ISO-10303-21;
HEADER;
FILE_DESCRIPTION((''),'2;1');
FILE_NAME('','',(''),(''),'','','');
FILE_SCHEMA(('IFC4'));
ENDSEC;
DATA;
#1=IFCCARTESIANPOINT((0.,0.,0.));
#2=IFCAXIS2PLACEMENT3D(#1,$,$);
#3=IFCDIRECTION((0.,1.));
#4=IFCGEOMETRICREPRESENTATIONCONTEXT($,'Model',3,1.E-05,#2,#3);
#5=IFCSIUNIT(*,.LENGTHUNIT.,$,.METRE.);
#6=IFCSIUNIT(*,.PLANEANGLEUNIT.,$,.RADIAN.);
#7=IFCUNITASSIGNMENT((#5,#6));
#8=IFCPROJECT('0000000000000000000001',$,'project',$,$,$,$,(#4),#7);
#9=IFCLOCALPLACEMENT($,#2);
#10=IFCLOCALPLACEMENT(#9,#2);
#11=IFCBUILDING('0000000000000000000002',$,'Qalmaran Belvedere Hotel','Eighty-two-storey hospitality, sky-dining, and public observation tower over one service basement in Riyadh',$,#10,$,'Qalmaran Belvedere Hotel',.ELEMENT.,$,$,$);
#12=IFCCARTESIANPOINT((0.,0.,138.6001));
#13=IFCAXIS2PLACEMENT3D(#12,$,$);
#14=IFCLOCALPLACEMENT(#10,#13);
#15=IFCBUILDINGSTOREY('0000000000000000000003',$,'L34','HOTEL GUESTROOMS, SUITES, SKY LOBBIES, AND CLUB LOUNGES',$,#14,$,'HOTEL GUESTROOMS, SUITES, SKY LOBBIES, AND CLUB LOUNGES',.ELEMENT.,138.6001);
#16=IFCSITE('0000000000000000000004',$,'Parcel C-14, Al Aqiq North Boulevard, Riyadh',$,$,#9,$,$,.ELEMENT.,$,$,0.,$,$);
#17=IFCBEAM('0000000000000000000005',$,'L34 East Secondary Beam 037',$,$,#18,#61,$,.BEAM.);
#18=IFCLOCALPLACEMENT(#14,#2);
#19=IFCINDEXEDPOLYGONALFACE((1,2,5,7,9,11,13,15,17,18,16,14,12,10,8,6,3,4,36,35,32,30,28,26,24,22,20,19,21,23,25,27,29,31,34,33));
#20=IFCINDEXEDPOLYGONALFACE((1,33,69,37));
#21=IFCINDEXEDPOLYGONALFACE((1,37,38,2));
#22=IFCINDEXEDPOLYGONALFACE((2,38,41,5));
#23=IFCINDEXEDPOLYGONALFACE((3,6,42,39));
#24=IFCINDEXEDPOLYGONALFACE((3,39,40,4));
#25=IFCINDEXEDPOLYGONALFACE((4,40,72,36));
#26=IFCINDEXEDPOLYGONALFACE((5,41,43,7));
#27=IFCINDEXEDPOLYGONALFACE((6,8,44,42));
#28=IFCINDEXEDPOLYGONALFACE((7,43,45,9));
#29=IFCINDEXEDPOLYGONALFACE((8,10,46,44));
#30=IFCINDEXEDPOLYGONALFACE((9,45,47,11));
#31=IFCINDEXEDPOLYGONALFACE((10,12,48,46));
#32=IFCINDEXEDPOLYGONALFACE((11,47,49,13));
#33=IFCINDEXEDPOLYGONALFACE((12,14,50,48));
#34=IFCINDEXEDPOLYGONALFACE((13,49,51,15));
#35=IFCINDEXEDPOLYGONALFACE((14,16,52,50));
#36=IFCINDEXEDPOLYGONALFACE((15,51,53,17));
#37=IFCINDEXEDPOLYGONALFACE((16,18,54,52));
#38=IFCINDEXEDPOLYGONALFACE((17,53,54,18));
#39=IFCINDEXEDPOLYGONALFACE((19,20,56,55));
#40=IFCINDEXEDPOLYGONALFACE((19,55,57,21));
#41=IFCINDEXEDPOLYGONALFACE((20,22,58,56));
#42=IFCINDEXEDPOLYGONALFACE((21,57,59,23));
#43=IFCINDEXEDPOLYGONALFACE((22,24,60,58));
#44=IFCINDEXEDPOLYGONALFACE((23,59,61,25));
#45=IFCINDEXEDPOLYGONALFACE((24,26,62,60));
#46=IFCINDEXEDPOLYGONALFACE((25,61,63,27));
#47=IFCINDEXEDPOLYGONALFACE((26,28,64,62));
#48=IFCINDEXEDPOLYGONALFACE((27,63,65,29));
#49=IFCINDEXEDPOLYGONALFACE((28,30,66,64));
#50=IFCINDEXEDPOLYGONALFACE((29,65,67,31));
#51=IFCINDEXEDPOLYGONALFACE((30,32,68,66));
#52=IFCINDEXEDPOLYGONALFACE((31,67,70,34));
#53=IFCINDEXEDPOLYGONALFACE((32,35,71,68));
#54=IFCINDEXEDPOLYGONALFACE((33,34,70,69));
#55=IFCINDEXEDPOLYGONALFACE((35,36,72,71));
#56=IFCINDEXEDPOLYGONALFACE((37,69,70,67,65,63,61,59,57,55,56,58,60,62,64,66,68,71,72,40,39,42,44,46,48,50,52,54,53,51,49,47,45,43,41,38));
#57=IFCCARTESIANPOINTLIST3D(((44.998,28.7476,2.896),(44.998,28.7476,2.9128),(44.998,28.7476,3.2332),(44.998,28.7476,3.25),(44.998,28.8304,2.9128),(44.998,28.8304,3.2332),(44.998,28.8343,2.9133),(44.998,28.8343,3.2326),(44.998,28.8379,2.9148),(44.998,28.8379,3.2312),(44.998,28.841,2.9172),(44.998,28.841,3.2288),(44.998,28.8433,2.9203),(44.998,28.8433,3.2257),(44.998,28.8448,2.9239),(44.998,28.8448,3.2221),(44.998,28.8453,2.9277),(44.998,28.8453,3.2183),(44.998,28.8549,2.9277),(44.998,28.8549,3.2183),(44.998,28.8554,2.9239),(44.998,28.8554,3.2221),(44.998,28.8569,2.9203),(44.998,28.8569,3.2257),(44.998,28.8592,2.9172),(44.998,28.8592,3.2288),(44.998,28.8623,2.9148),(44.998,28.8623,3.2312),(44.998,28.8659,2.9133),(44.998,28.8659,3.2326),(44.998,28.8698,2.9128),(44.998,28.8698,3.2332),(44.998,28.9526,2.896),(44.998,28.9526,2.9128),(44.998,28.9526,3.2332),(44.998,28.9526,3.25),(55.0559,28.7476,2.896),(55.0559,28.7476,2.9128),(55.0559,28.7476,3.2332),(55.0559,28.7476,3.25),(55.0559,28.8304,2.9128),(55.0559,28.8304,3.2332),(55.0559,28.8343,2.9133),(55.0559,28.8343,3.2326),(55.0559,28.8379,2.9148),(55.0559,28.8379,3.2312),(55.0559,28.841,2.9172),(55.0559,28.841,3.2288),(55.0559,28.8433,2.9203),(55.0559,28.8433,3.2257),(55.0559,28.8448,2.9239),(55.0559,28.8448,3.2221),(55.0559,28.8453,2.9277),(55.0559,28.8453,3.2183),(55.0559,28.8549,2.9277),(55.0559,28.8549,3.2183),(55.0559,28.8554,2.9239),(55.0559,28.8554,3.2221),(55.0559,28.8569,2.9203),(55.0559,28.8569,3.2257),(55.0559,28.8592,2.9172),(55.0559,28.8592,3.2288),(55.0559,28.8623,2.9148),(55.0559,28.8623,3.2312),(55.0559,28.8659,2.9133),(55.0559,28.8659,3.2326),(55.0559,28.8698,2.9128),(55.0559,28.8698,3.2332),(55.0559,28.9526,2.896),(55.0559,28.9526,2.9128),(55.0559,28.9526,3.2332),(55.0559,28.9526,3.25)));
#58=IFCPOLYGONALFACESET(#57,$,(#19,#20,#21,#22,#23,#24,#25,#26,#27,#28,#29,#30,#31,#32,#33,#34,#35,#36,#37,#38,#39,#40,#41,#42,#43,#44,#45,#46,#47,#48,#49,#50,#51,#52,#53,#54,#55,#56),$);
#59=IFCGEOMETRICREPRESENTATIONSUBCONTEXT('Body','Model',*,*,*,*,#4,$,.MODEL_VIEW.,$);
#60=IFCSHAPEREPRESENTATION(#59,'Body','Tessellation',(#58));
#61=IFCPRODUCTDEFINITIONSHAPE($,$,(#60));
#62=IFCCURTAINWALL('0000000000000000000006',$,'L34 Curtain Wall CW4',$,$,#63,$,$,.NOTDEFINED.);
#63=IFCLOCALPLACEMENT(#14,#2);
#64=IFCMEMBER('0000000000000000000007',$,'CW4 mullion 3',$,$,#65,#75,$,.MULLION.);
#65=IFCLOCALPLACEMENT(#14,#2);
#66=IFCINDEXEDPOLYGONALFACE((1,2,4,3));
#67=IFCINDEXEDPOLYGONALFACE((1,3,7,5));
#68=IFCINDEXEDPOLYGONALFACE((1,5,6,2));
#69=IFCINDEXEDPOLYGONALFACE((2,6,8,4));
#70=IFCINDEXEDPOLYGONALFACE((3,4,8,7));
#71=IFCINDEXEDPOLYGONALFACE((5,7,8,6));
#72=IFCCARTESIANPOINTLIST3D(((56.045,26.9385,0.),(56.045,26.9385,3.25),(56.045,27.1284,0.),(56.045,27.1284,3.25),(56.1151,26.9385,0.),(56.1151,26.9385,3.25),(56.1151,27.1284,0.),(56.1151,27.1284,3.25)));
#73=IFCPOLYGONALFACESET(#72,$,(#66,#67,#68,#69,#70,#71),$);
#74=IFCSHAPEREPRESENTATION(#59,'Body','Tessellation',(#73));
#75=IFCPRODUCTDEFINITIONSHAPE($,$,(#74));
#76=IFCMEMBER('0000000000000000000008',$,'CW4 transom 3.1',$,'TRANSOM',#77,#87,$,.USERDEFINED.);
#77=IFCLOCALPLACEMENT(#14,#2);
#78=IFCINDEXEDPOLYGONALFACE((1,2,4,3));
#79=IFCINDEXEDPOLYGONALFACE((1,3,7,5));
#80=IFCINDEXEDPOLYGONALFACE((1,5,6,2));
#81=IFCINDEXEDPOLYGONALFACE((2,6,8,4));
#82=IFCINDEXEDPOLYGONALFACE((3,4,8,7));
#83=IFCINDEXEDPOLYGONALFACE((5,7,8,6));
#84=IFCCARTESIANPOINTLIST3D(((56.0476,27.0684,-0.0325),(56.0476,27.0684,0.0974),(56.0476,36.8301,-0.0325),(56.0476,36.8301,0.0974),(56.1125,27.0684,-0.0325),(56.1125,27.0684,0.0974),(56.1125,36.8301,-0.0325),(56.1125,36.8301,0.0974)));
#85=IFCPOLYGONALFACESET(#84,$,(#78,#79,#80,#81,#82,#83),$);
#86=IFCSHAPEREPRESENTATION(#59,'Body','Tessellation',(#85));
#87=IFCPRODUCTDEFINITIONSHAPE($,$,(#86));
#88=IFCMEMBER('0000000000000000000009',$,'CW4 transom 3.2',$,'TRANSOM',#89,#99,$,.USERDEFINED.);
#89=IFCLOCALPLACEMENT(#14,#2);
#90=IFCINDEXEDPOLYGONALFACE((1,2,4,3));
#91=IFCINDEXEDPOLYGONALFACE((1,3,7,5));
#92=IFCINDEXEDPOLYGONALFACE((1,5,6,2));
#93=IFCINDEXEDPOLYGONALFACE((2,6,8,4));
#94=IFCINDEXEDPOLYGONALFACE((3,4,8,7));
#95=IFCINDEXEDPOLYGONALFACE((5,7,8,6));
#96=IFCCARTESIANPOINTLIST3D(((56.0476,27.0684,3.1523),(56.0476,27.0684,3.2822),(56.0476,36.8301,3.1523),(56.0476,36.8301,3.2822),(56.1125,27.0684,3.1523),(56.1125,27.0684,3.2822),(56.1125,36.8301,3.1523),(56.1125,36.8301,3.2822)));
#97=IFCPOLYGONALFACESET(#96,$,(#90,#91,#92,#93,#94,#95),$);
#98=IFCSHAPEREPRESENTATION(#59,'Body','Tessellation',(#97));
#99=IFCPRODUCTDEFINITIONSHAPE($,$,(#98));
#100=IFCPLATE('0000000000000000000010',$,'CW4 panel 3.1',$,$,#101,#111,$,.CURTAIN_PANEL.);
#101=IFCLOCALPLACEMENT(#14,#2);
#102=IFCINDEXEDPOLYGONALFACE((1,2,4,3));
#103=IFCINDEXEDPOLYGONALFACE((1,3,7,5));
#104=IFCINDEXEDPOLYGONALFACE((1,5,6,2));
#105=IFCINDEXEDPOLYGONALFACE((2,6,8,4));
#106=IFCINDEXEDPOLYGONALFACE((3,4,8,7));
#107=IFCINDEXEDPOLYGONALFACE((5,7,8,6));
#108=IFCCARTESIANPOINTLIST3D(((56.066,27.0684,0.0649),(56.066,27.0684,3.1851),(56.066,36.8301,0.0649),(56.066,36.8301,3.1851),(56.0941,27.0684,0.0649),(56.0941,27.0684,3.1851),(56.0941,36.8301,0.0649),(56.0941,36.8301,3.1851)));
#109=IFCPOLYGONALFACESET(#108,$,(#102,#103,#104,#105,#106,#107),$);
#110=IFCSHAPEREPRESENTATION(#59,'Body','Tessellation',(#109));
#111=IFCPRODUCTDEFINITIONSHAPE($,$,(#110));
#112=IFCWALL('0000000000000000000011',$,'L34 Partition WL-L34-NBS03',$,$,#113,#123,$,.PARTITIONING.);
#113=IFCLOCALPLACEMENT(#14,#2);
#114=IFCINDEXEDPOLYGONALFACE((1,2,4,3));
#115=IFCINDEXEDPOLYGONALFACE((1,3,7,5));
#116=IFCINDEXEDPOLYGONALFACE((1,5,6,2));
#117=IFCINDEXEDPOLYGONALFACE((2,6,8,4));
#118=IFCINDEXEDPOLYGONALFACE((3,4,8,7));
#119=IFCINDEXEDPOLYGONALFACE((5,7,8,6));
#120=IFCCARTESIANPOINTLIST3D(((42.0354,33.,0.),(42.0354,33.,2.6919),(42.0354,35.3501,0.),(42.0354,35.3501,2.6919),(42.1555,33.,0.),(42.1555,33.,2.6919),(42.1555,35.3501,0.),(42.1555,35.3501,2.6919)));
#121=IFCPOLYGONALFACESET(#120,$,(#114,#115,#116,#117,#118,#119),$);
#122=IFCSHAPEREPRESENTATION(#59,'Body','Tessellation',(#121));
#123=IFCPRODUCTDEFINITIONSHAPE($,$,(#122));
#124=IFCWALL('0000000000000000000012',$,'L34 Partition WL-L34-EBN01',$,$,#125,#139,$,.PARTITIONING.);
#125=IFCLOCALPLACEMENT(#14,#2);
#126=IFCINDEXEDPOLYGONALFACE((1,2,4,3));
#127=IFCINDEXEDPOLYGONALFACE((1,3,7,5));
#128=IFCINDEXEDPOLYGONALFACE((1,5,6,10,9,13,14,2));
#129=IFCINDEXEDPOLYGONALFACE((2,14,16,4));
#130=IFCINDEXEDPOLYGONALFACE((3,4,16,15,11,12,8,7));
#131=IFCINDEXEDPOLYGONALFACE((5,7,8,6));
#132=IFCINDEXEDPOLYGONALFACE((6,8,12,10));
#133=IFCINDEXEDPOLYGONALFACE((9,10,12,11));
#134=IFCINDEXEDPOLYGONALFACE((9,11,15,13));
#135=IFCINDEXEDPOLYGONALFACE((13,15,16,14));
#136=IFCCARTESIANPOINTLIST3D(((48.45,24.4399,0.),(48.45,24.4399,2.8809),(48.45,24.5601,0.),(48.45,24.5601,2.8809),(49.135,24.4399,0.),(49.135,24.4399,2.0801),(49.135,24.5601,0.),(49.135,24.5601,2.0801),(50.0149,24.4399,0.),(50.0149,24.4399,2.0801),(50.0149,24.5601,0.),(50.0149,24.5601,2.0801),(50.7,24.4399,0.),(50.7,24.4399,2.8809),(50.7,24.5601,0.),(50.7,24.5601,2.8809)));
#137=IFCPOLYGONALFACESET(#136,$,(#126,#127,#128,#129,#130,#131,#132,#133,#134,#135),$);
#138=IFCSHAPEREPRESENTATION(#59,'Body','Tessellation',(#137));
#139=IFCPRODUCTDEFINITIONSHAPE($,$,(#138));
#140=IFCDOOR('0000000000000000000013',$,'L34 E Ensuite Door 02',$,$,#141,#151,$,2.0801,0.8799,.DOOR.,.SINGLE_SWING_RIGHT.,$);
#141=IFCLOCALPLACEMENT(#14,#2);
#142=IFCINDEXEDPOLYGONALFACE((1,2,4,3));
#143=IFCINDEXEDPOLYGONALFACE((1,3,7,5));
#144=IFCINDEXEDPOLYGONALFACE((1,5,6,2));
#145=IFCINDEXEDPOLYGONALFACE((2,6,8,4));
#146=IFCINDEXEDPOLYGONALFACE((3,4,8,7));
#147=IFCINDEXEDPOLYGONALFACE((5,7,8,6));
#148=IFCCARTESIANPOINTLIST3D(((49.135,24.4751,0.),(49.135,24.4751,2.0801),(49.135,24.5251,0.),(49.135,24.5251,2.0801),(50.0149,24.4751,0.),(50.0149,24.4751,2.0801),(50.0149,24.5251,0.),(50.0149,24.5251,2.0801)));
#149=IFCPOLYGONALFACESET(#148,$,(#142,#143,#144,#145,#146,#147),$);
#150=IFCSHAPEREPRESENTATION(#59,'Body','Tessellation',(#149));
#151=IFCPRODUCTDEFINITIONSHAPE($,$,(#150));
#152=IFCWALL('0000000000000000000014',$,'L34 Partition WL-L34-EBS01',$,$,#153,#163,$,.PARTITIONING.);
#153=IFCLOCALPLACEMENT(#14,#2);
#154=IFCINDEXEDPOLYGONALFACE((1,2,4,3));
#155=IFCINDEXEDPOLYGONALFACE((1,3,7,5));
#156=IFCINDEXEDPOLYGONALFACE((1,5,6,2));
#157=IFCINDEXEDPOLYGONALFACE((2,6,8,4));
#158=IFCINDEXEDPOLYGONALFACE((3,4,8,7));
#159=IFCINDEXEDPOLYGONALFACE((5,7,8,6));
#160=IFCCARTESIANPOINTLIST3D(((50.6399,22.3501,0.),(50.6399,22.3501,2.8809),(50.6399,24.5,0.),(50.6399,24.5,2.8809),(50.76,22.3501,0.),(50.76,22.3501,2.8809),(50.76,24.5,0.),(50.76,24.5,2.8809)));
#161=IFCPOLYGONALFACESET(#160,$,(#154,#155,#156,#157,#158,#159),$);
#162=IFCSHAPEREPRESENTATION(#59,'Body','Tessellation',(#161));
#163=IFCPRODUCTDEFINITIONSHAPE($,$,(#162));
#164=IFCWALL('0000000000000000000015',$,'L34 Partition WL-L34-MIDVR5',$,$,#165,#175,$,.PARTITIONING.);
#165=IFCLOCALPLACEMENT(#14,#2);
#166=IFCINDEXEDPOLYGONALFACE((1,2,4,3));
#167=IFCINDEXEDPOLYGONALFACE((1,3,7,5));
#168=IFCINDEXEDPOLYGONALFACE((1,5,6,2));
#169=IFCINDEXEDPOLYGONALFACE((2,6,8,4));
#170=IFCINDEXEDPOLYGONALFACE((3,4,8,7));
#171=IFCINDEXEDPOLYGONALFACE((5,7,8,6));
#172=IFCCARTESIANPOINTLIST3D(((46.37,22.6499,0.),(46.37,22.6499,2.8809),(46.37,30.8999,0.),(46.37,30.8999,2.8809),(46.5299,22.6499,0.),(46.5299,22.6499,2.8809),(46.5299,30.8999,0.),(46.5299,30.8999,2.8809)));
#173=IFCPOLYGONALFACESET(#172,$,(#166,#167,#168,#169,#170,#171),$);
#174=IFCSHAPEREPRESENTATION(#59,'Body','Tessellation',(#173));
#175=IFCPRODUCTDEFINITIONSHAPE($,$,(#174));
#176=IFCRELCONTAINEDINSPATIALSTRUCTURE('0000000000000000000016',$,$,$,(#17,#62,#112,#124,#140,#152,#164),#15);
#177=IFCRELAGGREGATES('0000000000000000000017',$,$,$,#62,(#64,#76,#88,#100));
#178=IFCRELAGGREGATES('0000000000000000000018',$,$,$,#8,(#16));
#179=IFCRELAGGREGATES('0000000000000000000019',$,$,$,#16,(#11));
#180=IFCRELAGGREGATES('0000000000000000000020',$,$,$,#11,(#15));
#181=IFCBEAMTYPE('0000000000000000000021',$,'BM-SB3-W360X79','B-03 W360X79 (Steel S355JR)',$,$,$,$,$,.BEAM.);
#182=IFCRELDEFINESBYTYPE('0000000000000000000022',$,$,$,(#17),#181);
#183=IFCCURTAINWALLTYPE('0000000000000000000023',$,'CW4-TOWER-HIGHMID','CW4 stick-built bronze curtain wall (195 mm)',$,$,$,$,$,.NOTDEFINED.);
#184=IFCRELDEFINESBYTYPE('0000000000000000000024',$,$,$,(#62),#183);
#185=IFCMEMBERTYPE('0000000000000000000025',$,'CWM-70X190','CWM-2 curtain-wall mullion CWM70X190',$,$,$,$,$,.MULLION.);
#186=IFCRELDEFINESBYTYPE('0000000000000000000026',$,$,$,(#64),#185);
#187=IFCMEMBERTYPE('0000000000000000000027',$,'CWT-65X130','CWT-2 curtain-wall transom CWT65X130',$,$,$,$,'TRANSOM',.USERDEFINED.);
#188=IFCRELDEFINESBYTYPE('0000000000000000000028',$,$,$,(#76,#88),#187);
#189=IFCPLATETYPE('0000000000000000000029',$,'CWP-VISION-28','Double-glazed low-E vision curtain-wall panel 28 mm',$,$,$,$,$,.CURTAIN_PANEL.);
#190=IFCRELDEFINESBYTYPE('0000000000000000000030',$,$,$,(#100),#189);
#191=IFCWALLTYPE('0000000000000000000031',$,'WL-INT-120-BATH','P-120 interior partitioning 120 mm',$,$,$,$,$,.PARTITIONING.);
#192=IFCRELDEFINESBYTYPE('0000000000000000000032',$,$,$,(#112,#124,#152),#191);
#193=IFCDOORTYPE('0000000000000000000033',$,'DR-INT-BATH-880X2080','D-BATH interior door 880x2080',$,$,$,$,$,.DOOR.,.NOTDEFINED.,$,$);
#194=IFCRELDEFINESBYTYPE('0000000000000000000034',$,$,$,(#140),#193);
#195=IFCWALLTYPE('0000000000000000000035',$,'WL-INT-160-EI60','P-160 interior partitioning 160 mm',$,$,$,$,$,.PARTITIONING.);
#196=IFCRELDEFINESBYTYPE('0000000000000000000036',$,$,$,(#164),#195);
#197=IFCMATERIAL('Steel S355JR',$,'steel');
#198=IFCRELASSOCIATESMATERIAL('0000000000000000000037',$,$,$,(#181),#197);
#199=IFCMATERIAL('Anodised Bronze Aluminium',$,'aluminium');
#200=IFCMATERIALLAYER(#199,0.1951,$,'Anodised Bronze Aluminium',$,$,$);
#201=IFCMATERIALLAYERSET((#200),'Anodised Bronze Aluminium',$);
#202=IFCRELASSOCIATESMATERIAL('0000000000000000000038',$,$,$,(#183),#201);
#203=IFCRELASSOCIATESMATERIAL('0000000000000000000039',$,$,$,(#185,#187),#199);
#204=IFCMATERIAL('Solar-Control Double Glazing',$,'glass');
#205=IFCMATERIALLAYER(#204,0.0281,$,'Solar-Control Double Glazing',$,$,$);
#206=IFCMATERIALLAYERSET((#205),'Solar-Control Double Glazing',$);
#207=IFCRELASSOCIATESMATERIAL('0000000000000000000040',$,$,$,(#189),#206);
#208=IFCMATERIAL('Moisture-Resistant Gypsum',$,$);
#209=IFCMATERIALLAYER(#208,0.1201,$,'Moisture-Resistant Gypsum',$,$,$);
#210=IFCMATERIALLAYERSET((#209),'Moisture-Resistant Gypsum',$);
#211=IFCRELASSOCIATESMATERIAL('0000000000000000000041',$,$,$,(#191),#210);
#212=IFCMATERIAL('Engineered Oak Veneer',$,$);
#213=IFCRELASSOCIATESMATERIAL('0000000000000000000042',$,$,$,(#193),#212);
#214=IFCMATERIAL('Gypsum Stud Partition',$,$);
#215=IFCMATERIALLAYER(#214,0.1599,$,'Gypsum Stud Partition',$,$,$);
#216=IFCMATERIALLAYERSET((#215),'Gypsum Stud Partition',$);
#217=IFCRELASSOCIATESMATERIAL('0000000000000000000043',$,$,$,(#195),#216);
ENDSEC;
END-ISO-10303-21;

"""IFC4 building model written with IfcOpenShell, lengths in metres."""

from ifc_helpers import new_model, si_unit, direction, frame, frame_2d, origin, origin_2d, place, context, subcontext, project, spatial, rectangle, i_section, extrude, material, layer, layer_set, material_profile, profile_set, type_object, element, fill, aggregate, save


model = new_model("IFC4")

# Units and contexts
model_context = context("Model", 3, precision=1e-05, world=origin(), true_north=direction((0.0, 1.0)))
body_context = subcontext(model_context, "Body", "Model", "MODEL_VIEW")
ifc_project = project(units=[si_unit("LENGTHUNIT", "METRE"), si_unit("PLANEANGLEUNIT", "RADIAN")], contexts=[model_context])

# Site, building, storey
site_placement = place(None, origin())
site = spatial("IfcSite", under=ifc_project, at=site_placement, Name="Parcel C-14, Al Aqiq North Boulevard, Riyadh", CompositionType="ELEMENT", RefElevation=0.0)
building_placement = place(site_placement, origin())
building = spatial("IfcBuilding", under=site, at=building_placement, Name="Qalmaran Belvedere Hotel", Description="Eighty-two-storey hospitality, sky-dining, and public observation tower over one service basement in Riyadh", LongName="Qalmaran Belvedere Hotel", CompositionType="ELEMENT")
storey_placement = place(building_placement, frame((0.0, 0.0, 138.6001)))
storey = spatial("IfcBuildingStorey", under=building, at=storey_placement, Name="L34", Description="HOTEL GUESTROOMS, SUITES, SKY LOBBIES, AND CLUB LOUNGES", LongName="HOTEL GUESTROOMS, SUITES, SKY LOBBIES, AND CLUB LOUNGES", CompositionType="ELEMENT", Elevation=138.6001)

# Beam
ifc_material_1 = material(Name="Steel S355JR", Category="steel")
ifc_material_profile_1 = material_profile(ifc_material_1, i_section(OverallWidth=0.2051, OverallDepth=0.354, WebThickness=0.0095, FlangeThickness=0.0168, FilletRadius=0.0149, at=origin_2d()), Name="W360X79")
ifc_profile_set_1 = profile_set([ifc_material_profile_1], Name="Steel S355JR")
beam_type_1 = type_object("IfcBeamType", Name="BM-SB3-W360X79", Description="B-03 W360X79 (Steel S355JR)", PredefinedType="BEAM", material=ifc_profile_set_1)
for number, where, z_axis, x_axis, name in (
    (1, (44.998, 28.8501, 3.073), (1.0, 0.0, 0.0), (0.0, 1.0, 0.0), "L34 East Secondary Beam 037"),
):
    element("IfcBeam", number, at=place(storey_placement, frame(where, z_axis=z_axis, x_axis=x_axis)), inside=storey, type_object=beam_type_1, Name=name, PredefinedType="BEAM", context=body_context, shape_type="SweptSolid", body=[
        extrude(i_section(OverallWidth=0.2051, OverallDepth=0.354, WebThickness=0.0095, FlangeThickness=0.0168, FilletRadius=0.0149, at=origin_2d()), origin(), (0.0, 0.0, 1.0), 10.0579),
    ])

# Curtain wall, members, plate
ifc_material_2 = material(Name="Anodised Bronze Aluminium", Category="aluminium")
ifc_layer_1 = layer(ifc_material_2, 0.1951, Name="Anodised Bronze Aluminium")
ifc_layer_set_1 = layer_set([ifc_layer_1], Name="Anodised Bronze Aluminium")
curtain_wall_type = type_object("IfcCurtainWallType", Name="CW4-TOWER-HIGHMID", Description="CW4 stick-built bronze curtain wall (195 mm)", PredefinedType="NOTDEFINED", material=ifc_layer_set_1)
curtain_wall_placement = place(storey_placement, origin())
curtain_wall = element("IfcCurtainWall", 2, at=curtain_wall_placement, inside=storey, type_object=curtain_wall_type, Name="L34 Curtain Wall CW4", PredefinedType="NOTDEFINED")
ifc_material_profile_2 = material_profile(ifc_material_2, rectangle(XDim=0.0701, YDim=0.1899, at=origin_2d()), Name="CWM70X190")
ifc_profile_set_2 = profile_set([ifc_material_profile_2], Name="Anodised Bronze Aluminium")
member_type_1 = type_object("IfcMemberType", Name="CWM-70X190", Description="CWM-2 curtain-wall mullion CWM70X190", PredefinedType="MULLION", material=ifc_profile_set_2)
member_1_placement = place(storey_placement, frame((56.0801, 27.0334, 0.0), z_axis=(0.0, 0.0, 1.0), x_axis=(-1.0, 0.0, 0.0)))
member_1 = element("IfcMember", 3, at=member_1_placement, type_object=member_type_1, Name="CW4 mullion 3", PredefinedType="MULLION", context=body_context, shape_type="SweptSolid", body=[
    extrude(rectangle(XDim=0.0701, YDim=0.1899, at=origin_2d()), origin(), (0.0, 0.0, 1.0), 3.25),
])
ifc_material_profile_3 = material_profile(ifc_material_2, rectangle(XDim=0.0649, YDim=0.1299, at=origin_2d()), Name="CWT65X130")
ifc_profile_set_3 = profile_set([ifc_material_profile_3], Name="Anodised Bronze Aluminium")
member_type_2 = type_object("IfcMemberType", Name="CWT-65X130", Description="CWT-2 curtain-wall transom CWT65X130", ElementType="TRANSOM", PredefinedType="USERDEFINED", material=ifc_profile_set_3)
member_2_placement = place(storey_placement, frame((56.0801, 27.0684, 0.0325), z_axis=(0.0, 1.0, 0.0), x_axis=(-1.0, 0.0, 0.0)))
member_2 = element("IfcMember", 4, at=member_2_placement, type_object=member_type_2, Name="CW4 transom 3.1", ObjectType="TRANSOM", PredefinedType="USERDEFINED", context=body_context, shape_type="SweptSolid", body=[
    extrude(rectangle(XDim=0.0649, YDim=0.1299, at=origin_2d()), origin(), (0.0, 0.0, 1.0), 9.7617),
])
member_3_placement = place(storey_placement, frame((56.0801, 27.0684, 3.2173), z_axis=(0.0, 1.0, 0.0), x_axis=(-1.0, 0.0, 0.0)))
member_3 = element("IfcMember", 5, at=member_3_placement, type_object=member_type_2, Name="CW4 transom 3.2", ObjectType="TRANSOM", PredefinedType="USERDEFINED", context=body_context, shape_type="SweptSolid", body=[
    extrude(rectangle(XDim=0.0649, YDim=0.1299, at=origin_2d()), origin(), (0.0, 0.0, 1.0), 9.7617),
])
ifc_material_3 = material(Name="Solar-Control Double Glazing", Category="glass")
ifc_layer_2 = layer(ifc_material_3, 0.0281, Name="Solar-Control Double Glazing")
ifc_layer_set_2 = layer_set([ifc_layer_2], Name="Solar-Control Double Glazing")
plate_type = type_object("IfcPlateType", Name="CWP-VISION-28", Description="Double-glazed low-E vision curtain-wall panel 28 mm", PredefinedType="CURTAIN_PANEL", material=ifc_layer_set_2)
plate_placement = place(storey_placement, frame((56.0801, 31.9492, 0.0649), z_axis=(0.0, 0.0, 1.0), x_axis=(0.0, 1.0, 0.0)))
plate = element("IfcPlate", 6, at=plate_placement, type_object=plate_type, Name="CW4 panel 3.1", PredefinedType="CURTAIN_PANEL", context=body_context, shape_type="SweptSolid", body=[
    extrude(rectangle(XDim=9.7617, YDim=0.0281, at=origin_2d()), origin(), (0.0, 0.0, 1.0), 3.1201),
])
aggregate(curtain_wall, [member_1, member_2, member_3, plate])

# Wall
ifc_material_4 = material(Name="Moisture-Resistant Gypsum")
ifc_layer_3 = layer(ifc_material_4, 0.1201, Name="Moisture-Resistant Gypsum")
ifc_layer_set_3 = layer_set([ifc_layer_3], Name="Moisture-Resistant Gypsum")
wall_type_1 = type_object("IfcWallType", Name="WL-INT-120-BATH", Description="P-120 interior partitioning 120 mm", PredefinedType="PARTITIONING", material=ifc_layer_set_3)
wall_1_placement = place(storey_placement, frame((42.0955, 33.0, 0.0), z_axis=(0.0, 0.0, 1.0), x_axis=(0.0, 1.0, 0.0)))
element("IfcWall", 7, at=wall_1_placement, inside=storey, type_object=wall_type_1, Name="L34 Partition WL-L34-NBS03", PredefinedType="PARTITIONING", context=body_context, shape_type="SweptSolid", body=[
    extrude(rectangle(XDim=2.3501, YDim=0.1201, at=frame_2d((1.175, 0.0))), origin(), (0.0, 0.0, 1.0), 2.6919),
])

# Wall, opening, door
wall_2_placement = place(storey_placement, frame((48.45, 24.5, 0.0), z_axis=(0.0, 0.0, 1.0), x_axis=(1.0, 0.0, 0.0)))
wall_2 = element("IfcWall", 8, at=wall_2_placement, inside=storey, type_object=wall_type_1, Name="L34 Partition WL-L34-EBN01", PredefinedType="PARTITIONING", context=body_context, shape_type="SweptSolid", body=[
    extrude(rectangle(XDim=2.25, YDim=0.1201, at=frame_2d((1.125, 0.0))), origin(), (0.0, 0.0, 1.0), 2.8809),
])
opening_1_placement = place(wall_2_placement, frame((1.5649, 0.0, 0.0), z_axis=(0.0, 0.0, 1.0), x_axis=(-1.0, 0.0, 0.0)))
opening_1 = element("IfcOpeningElement", 9, at=opening_1_placement, cuts=wall_2, PredefinedType="OPENING", context=body_context, shape_type="SweptSolid", body=[
    extrude(rectangle(XDim=0.8799, YDim=2.0801, at=frame_2d((0.4399, 1.04))), frame((0.0, 0.0701, 0.0), z_axis=(0.0, -1.0, 0.0), x_axis=(1.0, 0.0, 0.0)), (0.0, 0.0, 1.0), 0.1401),
])
ifc_material_5 = material(Name="Engineered Oak Veneer")
door_type_1 = type_object("IfcDoorType", Name="DR-INT-BATH-880X2080", Description="D-BATH interior door 880x2080", OperationType="NOTDEFINED", PredefinedType="DOOR", material=ifc_material_5)
door_1_placement = place(opening_1_placement, origin())
door_1 = element("IfcDoor", 10, at=door_1_placement, inside=storey, type_object=door_type_1, Name="L34 E Ensuite Door 02", OperationType="SINGLE_SWING_RIGHT", OverallHeight=2.0801, OverallWidth=0.8799, PredefinedType="DOOR", context=body_context, shape_type="SweptSolid", body=[
    extrude(rectangle(XDim=0.8799, YDim=2.0801, at=frame_2d((0.4399, 1.04))), frame((0.0, 0.0249, 0.0), z_axis=(0.0, -1.0, 0.0), x_axis=(1.0, 0.0, 0.0)), (0.0, 0.0, 1.0), 0.05),
])
fill(opening_1, door_1)

# Wall
wall_3_placement = place(storey_placement, frame((50.7, 22.3501, 0.0), z_axis=(0.0, 0.0, 1.0), x_axis=(0.0, 1.0, 0.0)))
element("IfcWall", 11, at=wall_3_placement, inside=storey, type_object=wall_type_1, Name="L34 Partition WL-L34-EBS01", PredefinedType="PARTITIONING", context=body_context, shape_type="SweptSolid", body=[
    extrude(rectangle(XDim=2.1499, YDim=0.1201, at=frame_2d((1.075, 0.0))), origin(), (0.0, 0.0, 1.0), 2.8809),
])

# Shared definitions
ifc_material_6 = material(Name="Gypsum Stud Partition")

# Wall
ifc_layer_4 = layer(ifc_material_6, 0.1599, Name="Gypsum Stud Partition")
ifc_layer_set_4 = layer_set([ifc_layer_4], Name="Gypsum Stud Partition")
wall_type_2 = type_object("IfcWallType", Name="WL-INT-160-EI60", Description="P-160 interior partitioning 160 mm", PredefinedType="PARTITIONING", material=ifc_layer_set_4)
wall_4_placement = place(storey_placement, frame((46.45, 22.6499, 0.0), z_axis=(0.0, 0.0, 1.0), x_axis=(0.0, 1.0, 0.0)))
element("IfcWall", 12, at=wall_4_placement, inside=storey, type_object=wall_type_2, Name="L34 Partition WL-L34-MIDVR5", PredefinedType="PARTITIONING", context=body_context, shape_type="SweptSolid", body=[
    extrude(rectangle(XDim=8.25, YDim=0.1599, at=frame_2d((4.125, 0.0))), origin(), (0.0, 0.0, 1.0), 2.8809),
])

save(model, "model.ifc")
